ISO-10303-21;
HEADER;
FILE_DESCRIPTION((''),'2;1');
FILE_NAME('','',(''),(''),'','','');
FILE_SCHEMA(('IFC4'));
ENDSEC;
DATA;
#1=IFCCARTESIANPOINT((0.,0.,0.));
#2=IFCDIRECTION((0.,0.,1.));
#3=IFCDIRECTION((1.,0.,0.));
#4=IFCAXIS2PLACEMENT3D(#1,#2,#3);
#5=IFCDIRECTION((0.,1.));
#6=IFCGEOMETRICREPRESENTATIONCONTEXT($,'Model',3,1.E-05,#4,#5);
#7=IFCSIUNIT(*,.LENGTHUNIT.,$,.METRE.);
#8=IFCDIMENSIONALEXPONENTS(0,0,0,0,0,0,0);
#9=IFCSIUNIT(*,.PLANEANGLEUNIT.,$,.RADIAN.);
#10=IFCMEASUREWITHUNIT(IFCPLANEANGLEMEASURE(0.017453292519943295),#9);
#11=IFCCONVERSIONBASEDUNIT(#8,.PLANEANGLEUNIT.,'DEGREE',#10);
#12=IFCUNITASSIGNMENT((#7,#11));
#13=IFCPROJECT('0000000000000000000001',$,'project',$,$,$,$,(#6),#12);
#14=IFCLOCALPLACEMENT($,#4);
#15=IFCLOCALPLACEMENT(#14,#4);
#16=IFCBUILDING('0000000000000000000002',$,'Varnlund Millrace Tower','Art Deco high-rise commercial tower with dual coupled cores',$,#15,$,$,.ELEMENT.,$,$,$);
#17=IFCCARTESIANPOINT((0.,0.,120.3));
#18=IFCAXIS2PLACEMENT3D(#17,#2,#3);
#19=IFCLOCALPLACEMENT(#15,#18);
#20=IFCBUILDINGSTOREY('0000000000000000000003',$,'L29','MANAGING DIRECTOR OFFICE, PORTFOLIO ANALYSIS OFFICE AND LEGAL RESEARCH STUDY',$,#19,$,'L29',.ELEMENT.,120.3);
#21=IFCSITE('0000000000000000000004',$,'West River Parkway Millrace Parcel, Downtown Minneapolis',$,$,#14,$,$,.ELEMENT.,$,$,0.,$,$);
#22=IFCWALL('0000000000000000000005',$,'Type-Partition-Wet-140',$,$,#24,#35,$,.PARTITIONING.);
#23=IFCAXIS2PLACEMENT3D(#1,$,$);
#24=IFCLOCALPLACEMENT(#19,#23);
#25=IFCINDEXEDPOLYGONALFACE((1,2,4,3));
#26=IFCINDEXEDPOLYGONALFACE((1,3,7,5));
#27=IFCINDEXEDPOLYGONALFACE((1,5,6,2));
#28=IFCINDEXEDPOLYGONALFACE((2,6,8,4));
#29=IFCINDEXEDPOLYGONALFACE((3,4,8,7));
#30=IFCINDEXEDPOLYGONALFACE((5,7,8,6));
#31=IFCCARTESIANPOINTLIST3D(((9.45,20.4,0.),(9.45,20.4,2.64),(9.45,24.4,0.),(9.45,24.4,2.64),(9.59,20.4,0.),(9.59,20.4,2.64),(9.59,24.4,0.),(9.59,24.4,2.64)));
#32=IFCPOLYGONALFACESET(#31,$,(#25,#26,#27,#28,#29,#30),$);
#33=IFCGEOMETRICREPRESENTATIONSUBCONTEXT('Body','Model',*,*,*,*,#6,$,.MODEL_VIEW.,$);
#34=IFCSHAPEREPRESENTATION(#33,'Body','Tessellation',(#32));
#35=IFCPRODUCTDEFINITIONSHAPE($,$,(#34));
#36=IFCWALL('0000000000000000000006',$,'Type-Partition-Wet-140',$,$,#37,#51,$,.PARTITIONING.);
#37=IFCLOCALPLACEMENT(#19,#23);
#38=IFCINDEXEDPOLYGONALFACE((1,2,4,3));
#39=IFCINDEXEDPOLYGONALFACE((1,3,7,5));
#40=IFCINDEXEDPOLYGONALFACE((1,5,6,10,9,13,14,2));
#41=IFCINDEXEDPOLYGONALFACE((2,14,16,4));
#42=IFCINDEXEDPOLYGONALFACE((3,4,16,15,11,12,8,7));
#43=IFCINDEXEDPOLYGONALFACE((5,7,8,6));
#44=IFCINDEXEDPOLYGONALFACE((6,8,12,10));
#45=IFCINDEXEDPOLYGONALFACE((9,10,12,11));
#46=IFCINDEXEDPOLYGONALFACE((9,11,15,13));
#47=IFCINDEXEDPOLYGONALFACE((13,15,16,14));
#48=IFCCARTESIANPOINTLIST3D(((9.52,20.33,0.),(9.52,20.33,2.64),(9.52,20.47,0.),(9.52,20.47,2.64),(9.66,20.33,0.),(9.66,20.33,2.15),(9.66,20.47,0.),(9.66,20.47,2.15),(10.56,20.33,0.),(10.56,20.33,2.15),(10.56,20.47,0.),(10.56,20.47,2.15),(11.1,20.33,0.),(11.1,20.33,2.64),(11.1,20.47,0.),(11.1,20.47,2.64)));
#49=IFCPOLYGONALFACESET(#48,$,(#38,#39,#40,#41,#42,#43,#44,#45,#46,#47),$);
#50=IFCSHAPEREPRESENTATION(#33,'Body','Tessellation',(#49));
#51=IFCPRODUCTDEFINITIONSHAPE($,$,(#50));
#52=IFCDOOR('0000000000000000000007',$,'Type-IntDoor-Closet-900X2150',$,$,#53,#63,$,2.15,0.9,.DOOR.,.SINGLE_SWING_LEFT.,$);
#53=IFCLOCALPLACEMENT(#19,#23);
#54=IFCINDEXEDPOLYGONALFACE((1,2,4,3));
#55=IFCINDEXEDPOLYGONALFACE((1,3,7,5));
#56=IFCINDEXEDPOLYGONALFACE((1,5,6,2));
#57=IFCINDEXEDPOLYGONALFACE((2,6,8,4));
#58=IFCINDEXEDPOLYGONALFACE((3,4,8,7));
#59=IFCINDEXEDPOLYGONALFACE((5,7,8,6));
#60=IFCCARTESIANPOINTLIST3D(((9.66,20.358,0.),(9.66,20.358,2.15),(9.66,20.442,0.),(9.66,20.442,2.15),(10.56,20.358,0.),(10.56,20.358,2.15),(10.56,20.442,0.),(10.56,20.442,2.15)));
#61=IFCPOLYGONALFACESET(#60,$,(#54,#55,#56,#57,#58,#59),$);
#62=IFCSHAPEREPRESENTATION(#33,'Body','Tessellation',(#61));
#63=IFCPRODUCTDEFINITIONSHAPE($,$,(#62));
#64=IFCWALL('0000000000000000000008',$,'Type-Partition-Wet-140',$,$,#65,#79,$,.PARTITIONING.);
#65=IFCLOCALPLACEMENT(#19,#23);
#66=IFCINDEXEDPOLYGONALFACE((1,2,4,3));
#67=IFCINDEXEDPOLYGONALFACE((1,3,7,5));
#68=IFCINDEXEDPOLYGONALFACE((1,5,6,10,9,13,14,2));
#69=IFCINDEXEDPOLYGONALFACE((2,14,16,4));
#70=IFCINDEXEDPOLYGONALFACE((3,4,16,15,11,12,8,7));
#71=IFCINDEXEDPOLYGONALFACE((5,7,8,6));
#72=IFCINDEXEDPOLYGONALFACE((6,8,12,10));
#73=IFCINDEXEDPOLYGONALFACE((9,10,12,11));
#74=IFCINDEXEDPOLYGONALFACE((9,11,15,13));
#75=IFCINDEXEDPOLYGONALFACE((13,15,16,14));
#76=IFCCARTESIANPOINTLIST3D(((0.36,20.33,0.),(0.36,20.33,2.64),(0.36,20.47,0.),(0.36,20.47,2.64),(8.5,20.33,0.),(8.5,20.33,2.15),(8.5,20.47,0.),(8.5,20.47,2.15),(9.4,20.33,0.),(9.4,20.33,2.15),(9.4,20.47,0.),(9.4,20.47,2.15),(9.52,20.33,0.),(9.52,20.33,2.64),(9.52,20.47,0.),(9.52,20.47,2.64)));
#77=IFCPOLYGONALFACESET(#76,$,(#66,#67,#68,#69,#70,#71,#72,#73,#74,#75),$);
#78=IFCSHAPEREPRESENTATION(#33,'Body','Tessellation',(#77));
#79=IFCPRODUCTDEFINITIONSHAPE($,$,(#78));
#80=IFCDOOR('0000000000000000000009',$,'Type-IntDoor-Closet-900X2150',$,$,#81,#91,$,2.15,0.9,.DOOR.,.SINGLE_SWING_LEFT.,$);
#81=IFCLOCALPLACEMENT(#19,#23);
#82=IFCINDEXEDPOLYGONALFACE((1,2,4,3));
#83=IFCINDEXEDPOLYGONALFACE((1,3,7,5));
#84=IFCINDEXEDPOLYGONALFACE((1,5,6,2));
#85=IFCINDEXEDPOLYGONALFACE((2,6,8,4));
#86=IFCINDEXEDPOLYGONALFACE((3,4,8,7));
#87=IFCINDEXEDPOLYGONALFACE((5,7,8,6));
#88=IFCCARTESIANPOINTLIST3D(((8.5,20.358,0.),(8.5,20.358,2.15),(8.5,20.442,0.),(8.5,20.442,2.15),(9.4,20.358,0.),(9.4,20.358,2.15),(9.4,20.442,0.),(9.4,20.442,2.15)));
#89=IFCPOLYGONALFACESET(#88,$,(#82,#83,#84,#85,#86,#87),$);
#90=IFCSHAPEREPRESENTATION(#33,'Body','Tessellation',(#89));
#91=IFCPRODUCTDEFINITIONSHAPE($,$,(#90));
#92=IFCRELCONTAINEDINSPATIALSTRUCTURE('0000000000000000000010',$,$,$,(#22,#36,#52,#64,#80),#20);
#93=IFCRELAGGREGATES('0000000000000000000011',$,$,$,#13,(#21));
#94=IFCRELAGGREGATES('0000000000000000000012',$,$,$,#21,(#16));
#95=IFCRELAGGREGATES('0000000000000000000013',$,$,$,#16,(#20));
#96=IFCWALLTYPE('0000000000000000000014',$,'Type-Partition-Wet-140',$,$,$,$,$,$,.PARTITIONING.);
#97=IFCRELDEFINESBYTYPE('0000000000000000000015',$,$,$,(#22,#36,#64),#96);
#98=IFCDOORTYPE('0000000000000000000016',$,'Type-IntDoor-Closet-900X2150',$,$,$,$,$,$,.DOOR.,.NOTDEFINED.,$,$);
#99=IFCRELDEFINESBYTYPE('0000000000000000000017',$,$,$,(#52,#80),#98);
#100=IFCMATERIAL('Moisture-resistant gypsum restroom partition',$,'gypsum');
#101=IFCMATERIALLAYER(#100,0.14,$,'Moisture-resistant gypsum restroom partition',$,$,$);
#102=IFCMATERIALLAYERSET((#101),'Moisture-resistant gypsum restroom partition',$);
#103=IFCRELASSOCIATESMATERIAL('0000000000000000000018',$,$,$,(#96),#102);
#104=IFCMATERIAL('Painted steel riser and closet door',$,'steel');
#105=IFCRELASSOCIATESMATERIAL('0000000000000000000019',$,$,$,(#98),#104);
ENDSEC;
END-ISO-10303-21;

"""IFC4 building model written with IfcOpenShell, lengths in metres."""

from ifc_helpers import new_model, entity, si_unit, converted_unit, direction, frame, origin_with_axes, origin_2d_with_axis, place, context, subcontext, project, spatial, polyline, rectangle, outline, extrude, material, layer, layer_set, type_object, element, fill, save


model = new_model("IFC4")

# Units and contexts
model_context = context("Model", 3, precision=1e-05, world=origin_with_axes(), true_north=direction((0.0, 1.0)))
body_context = subcontext(model_context, "Body", "Model", "MODEL_VIEW")
ifc_project = project(units=[si_unit("LENGTHUNIT", "METRE"), converted_unit("PLANEANGLEUNIT", "DEGREE", entity("IfcPlaneAngleMeasure", 0.017453292519943295), si_unit("PLANEANGLEUNIT", "RADIAN"), dimensions=[0, 0, 0, 0, 0, 0, 0])], contexts=[model_context])

# Site, building, storey
site_placement = place(None, origin_with_axes())
site = spatial("IfcSite", under=ifc_project, at=site_placement, Name="West River Parkway Millrace Parcel, Downtown Minneapolis", CompositionType="ELEMENT", RefElevation=0.0)
building_placement = place(site_placement, origin_with_axes())
building = spatial("IfcBuilding", under=site, at=building_placement, Name="Varnlund Millrace Tower", Description="Art Deco high-rise commercial tower with dual coupled cores", CompositionType="ELEMENT")
storey_placement = place(building_placement, frame((0.0, 0.0, 120.3), z_axis=(0.0, 0.0, 1.0), x_axis=(1.0, 0.0, 0.0)))
storey = spatial("IfcBuildingStorey", under=building, at=storey_placement, Name="L29", Description="MANAGING DIRECTOR OFFICE, PORTFOLIO ANALYSIS OFFICE AND LEGAL RESEARCH STUDY", LongName="L29", CompositionType="ELEMENT", Elevation=120.3)

# Wall
ifc_material_1 = material(Name="Moisture-resistant gypsum restroom partition", Category="gypsum")
ifc_layer_1 = layer(ifc_material_1, 0.14, Name="Moisture-resistant gypsum restroom partition")
ifc_layer_set_1 = layer_set([ifc_layer_1], Name="Moisture-resistant gypsum restroom partition")
wall_type_1 = type_object("IfcWallType", Name="Type-Partition-Wet-140", PredefinedType="PARTITIONING", material=ifc_layer_set_1)
wall_1_placement = place(storey_placement, frame((9.52, 20.4, 0.0), z_axis=(0.0, 0.0, 1.0), x_axis=(0.0, 1.0, 0.0)))
element("IfcWall", 1, at=wall_1_placement, inside=storey, type_object=wall_type_1, Name="Type-Partition-Wet-140", PredefinedType="PARTITIONING", context=body_context, shape_type="SweptSolid", body=[
    extrude(outline(polyline([(0.0, -0.07), (4.0, -0.07), (4.0, 0.07), (0.0, 0.07), (0.0, -0.07)])), origin_with_axes(), (0.0, 0.0, 1.0), 2.64),
])

# Walls, openings, doors
wall_2_placement = place(storey_placement, frame((9.52, 20.4, 0.0), z_axis=(0.0, 0.0, 1.0), x_axis=(1.0, 0.0, 0.0)))
wall_2 = element("IfcWall", 2, at=wall_2_placement, inside=storey, type_object=wall_type_1, Name="Type-Partition-Wet-140", PredefinedType="PARTITIONING", context=body_context, shape_type="SweptSolid", body=[
    extrude(outline(polyline([(0.0, -0.07), (1.58, -0.07), (1.58, 0.07), (0.0, 0.07), (0.0, -0.07)])), origin_with_axes(), (0.0, 0.0, 1.0), 2.64),
])
opening_1_placement = place(wall_2_placement, frame((0.59, 0.0, 0.0), z_axis=(0.0, 0.0, 1.0), x_axis=(1.0, 0.0, 0.0)))
opening_1 = element("IfcOpeningElement", 3, at=opening_1_placement, cuts=wall_2, PredefinedType="OPENING", context=body_context, shape_type="SweptSolid", body=[
    extrude(rectangle(XDim=0.9, YDim=0.16, at=origin_2d_with_axis()), origin_with_axes(), (0.0, 0.0, 1.0), 2.15),
])
ifc_material_2 = material(Name="Painted steel riser and closet door", Category="steel")
door_type_1 = type_object("IfcDoorType", Name="Type-IntDoor-Closet-900X2150", OperationType="NOTDEFINED", PredefinedType="DOOR", material=ifc_material_2)
door_1_placement = place(wall_2_placement, frame((0.59, 0.0, 0.0), z_axis=(0.0, 0.0, 1.0), x_axis=(1.0, 0.0, 0.0)))
door_1 = element("IfcDoor", 4, at=door_1_placement, inside=storey, type_object=door_type_1, Name="Type-IntDoor-Closet-900X2150", OperationType="SINGLE_SWING_LEFT", OverallHeight=2.15, OverallWidth=0.9, PredefinedType="DOOR", context=body_context, shape_type="SweptSolid", body=[
    extrude(rectangle(XDim=0.9, YDim=0.084, at=origin_2d_with_axis()), origin_with_axes(), (0.0, 0.0, 1.0), 2.15),
])
fill(opening_1, door_1)
wall_3_placement = place(storey_placement, frame((0.36, 20.4, 0.0), z_axis=(0.0, 0.0, 1.0), x_axis=(1.0, 0.0, 0.0)))
wall_3 = element("IfcWall", 5, at=wall_3_placement, inside=storey, type_object=wall_type_1, Name="Type-Partition-Wet-140", PredefinedType="PARTITIONING", context=body_context, shape_type="SweptSolid", body=[
    extrude(outline(polyline([(0.0, -0.07), (9.16, -0.07), (9.16, 0.07), (0.0, 0.07), (0.0, -0.07)])), origin_with_axes(), (0.0, 0.0, 1.0), 2.64),
])
opening_2_placement = place(wall_3_placement, frame((8.59, 0.0, 0.0), z_axis=(0.0, 0.0, 1.0), x_axis=(1.0, 0.0, 0.0)))
opening_2 = element("IfcOpeningElement", 6, at=opening_2_placement, cuts=wall_3, PredefinedType="OPENING", context=body_context, shape_type="SweptSolid", body=[
    extrude(rectangle(XDim=0.9, YDim=0.16, at=origin_2d_with_axis()), origin_with_axes(), (0.0, 0.0, 1.0), 2.15),
])
door_2_placement = place(wall_3_placement, frame((8.59, 0.0, 0.0), z_axis=(0.0, 0.0, 1.0), x_axis=(1.0, 0.0, 0.0)))
door_2 = element("IfcDoor", 7, at=door_2_placement, inside=storey, type_object=door_type_1, Name="Type-IntDoor-Closet-900X2150", OperationType="SINGLE_SWING_LEFT", OverallHeight=2.15, OverallWidth=0.9, PredefinedType="DOOR", context=body_context, shape_type="SweptSolid", body=[
    extrude(rectangle(XDim=0.9, YDim=0.084, at=origin_2d_with_axis()), origin_with_axes(), (0.0, 0.0, 1.0), 2.15),
])
fill(opening_2, door_2)

save(model, "model.ifc")
